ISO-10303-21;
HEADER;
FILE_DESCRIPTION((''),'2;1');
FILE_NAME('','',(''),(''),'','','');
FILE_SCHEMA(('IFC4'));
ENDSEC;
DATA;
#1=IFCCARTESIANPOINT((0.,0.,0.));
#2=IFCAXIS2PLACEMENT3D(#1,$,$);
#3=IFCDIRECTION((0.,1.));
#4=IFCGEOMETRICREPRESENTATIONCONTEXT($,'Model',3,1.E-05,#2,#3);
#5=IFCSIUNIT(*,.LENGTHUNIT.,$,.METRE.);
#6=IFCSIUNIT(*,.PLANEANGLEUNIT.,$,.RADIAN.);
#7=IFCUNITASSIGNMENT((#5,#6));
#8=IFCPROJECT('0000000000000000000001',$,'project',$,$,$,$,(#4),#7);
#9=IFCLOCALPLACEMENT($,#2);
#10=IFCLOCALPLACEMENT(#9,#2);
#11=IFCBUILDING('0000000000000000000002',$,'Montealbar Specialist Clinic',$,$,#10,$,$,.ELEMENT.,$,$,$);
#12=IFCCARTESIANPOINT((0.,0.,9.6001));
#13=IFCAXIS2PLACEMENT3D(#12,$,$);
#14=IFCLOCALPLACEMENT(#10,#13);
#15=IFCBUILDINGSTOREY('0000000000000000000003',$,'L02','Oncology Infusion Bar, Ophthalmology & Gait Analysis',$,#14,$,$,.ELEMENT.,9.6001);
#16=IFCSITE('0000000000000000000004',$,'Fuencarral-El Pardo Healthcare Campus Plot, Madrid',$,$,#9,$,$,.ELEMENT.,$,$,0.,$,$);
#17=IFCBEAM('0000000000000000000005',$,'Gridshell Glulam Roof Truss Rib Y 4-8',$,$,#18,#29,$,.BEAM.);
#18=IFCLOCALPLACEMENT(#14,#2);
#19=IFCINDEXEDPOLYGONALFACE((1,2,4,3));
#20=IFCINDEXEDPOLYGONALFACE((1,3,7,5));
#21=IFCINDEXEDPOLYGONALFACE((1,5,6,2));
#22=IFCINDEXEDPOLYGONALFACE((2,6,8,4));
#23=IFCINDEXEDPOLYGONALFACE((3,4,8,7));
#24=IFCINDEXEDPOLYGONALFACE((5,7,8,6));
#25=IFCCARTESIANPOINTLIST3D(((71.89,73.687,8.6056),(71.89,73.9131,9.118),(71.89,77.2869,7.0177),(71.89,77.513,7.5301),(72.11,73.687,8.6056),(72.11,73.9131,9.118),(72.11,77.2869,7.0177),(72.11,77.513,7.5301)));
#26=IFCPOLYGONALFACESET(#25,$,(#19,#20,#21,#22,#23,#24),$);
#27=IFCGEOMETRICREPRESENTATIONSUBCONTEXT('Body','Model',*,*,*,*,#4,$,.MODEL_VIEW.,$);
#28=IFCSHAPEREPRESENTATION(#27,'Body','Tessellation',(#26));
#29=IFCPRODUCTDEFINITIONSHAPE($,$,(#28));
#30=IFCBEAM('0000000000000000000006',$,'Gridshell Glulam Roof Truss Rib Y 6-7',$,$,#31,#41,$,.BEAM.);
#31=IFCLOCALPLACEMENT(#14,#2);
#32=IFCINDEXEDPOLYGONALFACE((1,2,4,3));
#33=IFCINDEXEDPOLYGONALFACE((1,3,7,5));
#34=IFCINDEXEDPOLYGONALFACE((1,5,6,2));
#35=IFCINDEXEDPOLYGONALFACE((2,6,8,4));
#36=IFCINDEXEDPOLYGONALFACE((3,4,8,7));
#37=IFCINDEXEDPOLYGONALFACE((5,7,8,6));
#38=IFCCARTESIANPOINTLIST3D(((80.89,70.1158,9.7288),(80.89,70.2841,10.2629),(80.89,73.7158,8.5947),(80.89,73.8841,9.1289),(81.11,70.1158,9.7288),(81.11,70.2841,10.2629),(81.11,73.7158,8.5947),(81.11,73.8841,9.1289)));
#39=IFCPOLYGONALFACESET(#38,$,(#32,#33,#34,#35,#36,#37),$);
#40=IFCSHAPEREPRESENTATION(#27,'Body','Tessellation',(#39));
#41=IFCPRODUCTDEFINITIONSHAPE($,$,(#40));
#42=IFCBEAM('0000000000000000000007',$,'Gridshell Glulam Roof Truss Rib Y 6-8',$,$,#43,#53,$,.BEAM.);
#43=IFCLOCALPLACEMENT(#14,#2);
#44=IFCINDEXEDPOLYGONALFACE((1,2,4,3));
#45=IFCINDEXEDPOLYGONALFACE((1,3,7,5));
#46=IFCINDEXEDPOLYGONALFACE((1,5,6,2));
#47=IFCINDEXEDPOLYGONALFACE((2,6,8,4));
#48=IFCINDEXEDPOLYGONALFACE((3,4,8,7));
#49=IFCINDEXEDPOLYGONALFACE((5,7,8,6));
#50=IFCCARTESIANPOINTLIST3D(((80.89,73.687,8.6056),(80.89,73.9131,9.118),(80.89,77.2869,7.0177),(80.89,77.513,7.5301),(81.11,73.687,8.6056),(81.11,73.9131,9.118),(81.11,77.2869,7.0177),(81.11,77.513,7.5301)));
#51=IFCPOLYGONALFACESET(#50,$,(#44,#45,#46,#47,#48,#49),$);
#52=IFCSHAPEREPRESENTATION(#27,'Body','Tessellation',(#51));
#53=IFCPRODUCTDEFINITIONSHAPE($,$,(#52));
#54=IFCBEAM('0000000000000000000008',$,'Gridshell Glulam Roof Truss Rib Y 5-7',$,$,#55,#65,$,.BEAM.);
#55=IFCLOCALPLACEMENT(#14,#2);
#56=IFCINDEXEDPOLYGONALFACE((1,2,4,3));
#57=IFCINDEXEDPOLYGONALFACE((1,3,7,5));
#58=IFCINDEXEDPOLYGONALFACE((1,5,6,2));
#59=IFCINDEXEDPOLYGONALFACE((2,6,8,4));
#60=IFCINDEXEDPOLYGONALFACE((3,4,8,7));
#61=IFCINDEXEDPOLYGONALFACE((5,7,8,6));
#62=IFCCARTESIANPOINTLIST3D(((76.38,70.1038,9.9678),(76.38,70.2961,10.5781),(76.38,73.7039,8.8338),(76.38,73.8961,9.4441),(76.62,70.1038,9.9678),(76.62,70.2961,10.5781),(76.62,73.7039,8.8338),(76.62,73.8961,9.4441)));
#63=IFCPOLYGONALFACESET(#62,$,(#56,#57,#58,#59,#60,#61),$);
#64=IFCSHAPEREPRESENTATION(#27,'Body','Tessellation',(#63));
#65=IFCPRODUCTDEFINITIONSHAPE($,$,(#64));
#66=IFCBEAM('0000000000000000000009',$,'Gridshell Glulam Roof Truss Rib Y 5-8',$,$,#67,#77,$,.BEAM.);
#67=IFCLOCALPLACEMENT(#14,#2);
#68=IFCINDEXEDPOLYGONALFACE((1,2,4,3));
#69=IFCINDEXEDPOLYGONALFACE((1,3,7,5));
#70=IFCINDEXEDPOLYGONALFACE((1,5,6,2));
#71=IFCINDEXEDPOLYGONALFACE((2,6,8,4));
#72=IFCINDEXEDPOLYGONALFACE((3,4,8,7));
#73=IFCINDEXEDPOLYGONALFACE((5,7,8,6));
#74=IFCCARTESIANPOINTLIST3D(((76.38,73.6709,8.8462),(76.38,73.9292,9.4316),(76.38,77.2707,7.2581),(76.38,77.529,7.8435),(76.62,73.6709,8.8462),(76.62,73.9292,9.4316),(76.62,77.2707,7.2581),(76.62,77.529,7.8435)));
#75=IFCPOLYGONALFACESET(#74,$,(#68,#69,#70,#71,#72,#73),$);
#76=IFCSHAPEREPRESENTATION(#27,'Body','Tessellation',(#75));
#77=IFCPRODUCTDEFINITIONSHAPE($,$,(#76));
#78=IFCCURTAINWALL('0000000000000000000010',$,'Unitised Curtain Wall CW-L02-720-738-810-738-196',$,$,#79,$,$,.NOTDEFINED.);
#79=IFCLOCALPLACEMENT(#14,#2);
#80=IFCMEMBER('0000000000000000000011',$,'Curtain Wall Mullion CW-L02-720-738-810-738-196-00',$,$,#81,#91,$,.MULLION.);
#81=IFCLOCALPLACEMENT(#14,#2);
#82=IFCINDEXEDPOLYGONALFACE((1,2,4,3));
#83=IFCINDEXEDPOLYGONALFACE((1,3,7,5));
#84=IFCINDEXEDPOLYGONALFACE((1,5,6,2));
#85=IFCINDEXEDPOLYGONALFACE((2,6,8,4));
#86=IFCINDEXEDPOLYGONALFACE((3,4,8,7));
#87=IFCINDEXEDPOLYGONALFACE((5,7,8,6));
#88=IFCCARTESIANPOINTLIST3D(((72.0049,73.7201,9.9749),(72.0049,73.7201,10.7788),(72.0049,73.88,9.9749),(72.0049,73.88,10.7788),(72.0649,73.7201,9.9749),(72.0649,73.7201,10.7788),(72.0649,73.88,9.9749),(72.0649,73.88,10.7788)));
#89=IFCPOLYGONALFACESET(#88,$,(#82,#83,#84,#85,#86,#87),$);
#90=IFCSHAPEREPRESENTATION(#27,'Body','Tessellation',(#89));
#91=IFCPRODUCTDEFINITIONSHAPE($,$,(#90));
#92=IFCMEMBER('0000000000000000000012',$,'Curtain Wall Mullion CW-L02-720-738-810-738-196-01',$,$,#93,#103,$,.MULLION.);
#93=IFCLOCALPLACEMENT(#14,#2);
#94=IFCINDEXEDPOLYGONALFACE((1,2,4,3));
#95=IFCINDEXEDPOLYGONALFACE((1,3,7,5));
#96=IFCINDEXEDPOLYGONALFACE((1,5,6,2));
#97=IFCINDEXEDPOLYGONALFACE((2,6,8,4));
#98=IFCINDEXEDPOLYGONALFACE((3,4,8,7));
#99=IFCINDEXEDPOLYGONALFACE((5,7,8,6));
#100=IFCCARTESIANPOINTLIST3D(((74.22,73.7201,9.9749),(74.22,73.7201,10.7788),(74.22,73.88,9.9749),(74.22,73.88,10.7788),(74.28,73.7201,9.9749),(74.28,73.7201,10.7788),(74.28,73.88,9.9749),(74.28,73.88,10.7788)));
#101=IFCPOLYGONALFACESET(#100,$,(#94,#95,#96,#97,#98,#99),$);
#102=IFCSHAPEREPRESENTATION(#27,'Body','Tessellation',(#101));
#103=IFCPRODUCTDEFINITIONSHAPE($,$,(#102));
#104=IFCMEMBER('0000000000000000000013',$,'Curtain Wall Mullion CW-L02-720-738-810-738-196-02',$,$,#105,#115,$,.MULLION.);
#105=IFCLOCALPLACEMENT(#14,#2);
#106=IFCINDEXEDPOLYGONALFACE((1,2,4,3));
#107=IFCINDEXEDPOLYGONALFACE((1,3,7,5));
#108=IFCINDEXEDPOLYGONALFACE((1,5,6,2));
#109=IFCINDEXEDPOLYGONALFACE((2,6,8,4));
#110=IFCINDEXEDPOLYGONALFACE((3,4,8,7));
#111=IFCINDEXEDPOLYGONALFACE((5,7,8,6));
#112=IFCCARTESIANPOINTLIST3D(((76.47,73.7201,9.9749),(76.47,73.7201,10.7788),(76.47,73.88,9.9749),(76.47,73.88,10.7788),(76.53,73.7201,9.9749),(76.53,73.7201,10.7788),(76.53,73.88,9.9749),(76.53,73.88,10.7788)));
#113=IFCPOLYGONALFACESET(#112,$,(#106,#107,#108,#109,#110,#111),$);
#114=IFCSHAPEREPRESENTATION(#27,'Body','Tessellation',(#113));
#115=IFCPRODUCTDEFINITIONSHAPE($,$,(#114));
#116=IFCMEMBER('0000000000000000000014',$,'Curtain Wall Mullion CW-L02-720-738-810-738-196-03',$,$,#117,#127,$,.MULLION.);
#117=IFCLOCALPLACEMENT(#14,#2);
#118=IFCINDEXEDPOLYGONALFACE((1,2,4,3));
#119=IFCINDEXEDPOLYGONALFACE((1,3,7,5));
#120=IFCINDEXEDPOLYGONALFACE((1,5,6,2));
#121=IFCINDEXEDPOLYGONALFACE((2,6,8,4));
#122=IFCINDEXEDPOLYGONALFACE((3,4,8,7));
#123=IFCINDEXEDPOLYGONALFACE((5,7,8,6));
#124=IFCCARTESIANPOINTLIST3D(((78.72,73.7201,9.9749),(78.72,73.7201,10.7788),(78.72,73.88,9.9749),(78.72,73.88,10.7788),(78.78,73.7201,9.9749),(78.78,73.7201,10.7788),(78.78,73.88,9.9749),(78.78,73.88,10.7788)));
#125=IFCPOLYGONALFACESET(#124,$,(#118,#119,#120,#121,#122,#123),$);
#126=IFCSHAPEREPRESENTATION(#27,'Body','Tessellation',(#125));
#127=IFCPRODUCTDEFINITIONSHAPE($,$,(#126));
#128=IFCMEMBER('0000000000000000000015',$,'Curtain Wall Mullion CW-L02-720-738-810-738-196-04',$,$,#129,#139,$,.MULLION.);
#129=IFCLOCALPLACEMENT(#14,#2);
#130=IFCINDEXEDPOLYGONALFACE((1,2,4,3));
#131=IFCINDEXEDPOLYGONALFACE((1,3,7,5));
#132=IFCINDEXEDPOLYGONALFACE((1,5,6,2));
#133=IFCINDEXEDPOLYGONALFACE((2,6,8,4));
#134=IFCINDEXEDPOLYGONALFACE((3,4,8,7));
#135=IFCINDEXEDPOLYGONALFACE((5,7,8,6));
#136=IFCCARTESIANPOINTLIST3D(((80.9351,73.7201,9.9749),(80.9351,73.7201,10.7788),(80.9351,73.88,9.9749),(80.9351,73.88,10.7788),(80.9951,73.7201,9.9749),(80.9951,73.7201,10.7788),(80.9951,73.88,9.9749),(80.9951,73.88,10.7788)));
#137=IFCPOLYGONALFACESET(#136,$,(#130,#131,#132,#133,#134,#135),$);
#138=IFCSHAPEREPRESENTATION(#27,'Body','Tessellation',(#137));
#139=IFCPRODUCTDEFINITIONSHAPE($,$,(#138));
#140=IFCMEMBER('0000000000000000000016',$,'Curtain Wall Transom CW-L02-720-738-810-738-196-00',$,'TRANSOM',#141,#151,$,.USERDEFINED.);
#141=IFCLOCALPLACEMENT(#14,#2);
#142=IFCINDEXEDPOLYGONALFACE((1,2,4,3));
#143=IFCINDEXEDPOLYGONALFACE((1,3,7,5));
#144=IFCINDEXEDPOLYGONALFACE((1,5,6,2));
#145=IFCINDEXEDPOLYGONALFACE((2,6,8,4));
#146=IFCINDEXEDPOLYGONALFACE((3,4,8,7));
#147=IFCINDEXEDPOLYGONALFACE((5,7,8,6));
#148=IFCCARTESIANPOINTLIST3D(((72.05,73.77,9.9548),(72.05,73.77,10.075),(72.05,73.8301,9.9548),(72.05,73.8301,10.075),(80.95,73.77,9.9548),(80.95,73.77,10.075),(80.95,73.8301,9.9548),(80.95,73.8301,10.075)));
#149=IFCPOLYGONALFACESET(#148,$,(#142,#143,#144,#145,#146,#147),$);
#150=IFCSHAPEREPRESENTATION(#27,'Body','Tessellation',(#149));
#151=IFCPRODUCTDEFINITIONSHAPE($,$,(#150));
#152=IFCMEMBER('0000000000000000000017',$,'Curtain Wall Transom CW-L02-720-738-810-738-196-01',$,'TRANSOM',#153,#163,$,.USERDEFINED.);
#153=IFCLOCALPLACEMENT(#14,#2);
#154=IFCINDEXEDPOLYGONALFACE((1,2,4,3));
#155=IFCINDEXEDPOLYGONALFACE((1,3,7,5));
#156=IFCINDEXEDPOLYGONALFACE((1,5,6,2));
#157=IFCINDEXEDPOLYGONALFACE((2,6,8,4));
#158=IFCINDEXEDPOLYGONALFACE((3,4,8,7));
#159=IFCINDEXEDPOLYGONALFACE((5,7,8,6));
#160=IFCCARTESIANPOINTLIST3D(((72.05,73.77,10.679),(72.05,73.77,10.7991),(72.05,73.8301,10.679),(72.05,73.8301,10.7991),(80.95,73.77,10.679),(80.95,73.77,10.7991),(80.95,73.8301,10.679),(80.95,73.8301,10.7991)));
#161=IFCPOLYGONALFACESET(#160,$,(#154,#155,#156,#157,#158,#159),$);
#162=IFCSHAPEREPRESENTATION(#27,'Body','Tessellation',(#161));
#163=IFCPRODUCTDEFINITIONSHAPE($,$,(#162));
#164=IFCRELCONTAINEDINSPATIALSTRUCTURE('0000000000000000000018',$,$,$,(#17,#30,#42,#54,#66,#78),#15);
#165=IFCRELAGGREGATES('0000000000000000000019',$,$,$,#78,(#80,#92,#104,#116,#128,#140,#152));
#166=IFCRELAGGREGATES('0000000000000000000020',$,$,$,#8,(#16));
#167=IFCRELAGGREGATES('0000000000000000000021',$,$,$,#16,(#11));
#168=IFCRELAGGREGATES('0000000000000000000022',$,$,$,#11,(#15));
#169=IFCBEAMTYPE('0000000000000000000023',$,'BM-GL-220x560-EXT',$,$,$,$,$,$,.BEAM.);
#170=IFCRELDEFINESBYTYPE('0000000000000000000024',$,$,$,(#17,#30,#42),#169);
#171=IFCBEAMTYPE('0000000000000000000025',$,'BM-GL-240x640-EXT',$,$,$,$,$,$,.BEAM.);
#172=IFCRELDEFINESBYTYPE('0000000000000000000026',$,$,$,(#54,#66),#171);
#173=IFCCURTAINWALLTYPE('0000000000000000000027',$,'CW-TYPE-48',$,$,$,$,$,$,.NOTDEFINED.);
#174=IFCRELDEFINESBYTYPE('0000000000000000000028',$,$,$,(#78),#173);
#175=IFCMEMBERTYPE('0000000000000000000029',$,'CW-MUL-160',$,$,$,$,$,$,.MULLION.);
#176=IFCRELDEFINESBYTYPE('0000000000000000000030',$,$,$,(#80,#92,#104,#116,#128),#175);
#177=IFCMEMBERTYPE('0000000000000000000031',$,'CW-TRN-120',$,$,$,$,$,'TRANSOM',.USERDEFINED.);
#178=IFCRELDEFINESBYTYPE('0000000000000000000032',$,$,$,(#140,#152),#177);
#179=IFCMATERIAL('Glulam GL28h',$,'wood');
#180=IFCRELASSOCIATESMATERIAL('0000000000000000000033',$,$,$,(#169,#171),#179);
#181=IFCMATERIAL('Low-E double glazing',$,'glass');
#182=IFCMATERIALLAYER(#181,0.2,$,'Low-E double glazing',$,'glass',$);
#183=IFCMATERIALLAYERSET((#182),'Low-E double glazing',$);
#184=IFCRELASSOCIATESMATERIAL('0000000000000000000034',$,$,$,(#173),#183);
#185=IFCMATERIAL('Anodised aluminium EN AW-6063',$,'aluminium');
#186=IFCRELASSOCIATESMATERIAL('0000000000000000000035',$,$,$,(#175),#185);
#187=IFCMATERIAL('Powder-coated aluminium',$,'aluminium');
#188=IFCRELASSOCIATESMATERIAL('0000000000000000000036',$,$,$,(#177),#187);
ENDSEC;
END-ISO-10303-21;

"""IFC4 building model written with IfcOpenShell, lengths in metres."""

from ifc_helpers import new_model, si_unit, direction, frame, origin, origin_2d, place, context, subcontext, project, spatial, rectangle, extrude, material, layer, layer_set, material_profile, profile_set, type_object, element, aggregate, save


model = new_model("IFC4")

# Units and contexts
model_context = context("Model", 3, precision=1e-05, world=origin(), true_north=direction((0.0, 1.0)))
body_context = subcontext(model_context, "Body", "Model", "MODEL_VIEW")
ifc_project = project(units=[si_unit("LENGTHUNIT", "METRE"), si_unit("PLANEANGLEUNIT", "RADIAN")], contexts=[model_context])

# Site, building, storey
site_placement = place(None, origin())
site = spatial("IfcSite", under=ifc_project, at=site_placement, Name="Fuencarral-El Pardo Healthcare Campus Plot, Madrid", CompositionType="ELEMENT", RefElevation=0.0)
building_placement = place(site_placement, origin())
building = spatial("IfcBuilding", under=site, at=building_placement, Name="Montealbar Specialist Clinic", CompositionType="ELEMENT")
storey_placement = place(building_placement, frame((0.0, 0.0, 9.6001)))
storey = spatial("IfcBuildingStorey", under=building, at=storey_placement, Name="L02", Description="Oncology Infusion Bar, Ophthalmology & Gait Analysis", CompositionType="ELEMENT", Elevation=9.6001)

# Beams
ifc_material_1 = material(Name="Glulam GL28h", Category="wood")
ifc_material_profile_1 = material_profile(ifc_material_1, rectangle(XDim=0.22, YDim=0.5601, at=origin_2d()), Name="GL28h 220x560", Category="wood")
ifc_profile_set_1 = profile_set([ifc_material_profile_1], Name="Glulam GL28h")
beam_type_1 = type_object("IfcBeamType", Name="BM-GL-220x560-EXT", PredefinedType="BEAM", material=ifc_profile_set_1)
beam_1_placement = place(storey_placement, frame((72.0, 73.8, 8.8618), z_axis=(0.0, 0.914944, -0.403581), x_axis=(-1.0, 0.0, 0.0)))
element("IfcBeam", 1, at=beam_1_placement, inside=storey, type_object=beam_type_1, Name="Gridshell Glulam Roof Truss Rib Y 4-8", PredefinedType="BEAM", context=body_context, shape_type="SweptSolid", body=[
    extrude(rectangle(XDim=0.22, YDim=0.5601, at=origin_2d()), origin(), (0.0, 0.0, 1.0), 3.9346),
])
beam_2_placement = place(storey_placement, frame((81.0, 70.2, 9.9958), z_axis=(0.0, 0.953798, -0.300447), x_axis=(-1.0, 0.0, 0.0)))
element("IfcBeam", 2, at=beam_2_placement, inside=storey, type_object=beam_type_1, Name="Gridshell Glulam Roof Truss Rib Y 6-7", PredefinedType="BEAM", context=body_context, shape_type="SweptSolid", body=[
    extrude(rectangle(XDim=0.22, YDim=0.5601, at=origin_2d()), origin(), (0.0, 0.0, 1.0), 3.7744),
])
beam_3_placement = place(storey_placement, frame((81.0, 73.8, 8.8618), z_axis=(0.0, 0.914944, -0.403581), x_axis=(-1.0, 0.0, 0.0)))
element("IfcBeam", 3, at=beam_3_placement, inside=storey, type_object=beam_type_1, Name="Gridshell Glulam Roof Truss Rib Y 6-8", PredefinedType="BEAM", context=body_context, shape_type="SweptSolid", body=[
    extrude(rectangle(XDim=0.22, YDim=0.5601, at=origin_2d()), origin(), (0.0, 0.0, 1.0), 3.9346),
])
ifc_material_profile_2 = material_profile(ifc_material_1, rectangle(XDim=0.24, YDim=0.6399, at=origin_2d()), Name="GL28h 240x640", Category="wood")
ifc_profile_set_2 = profile_set([ifc_material_profile_2], Name="Glulam GL28h")
beam_type_2 = type_object("IfcBeamType", Name="BM-GL-240x640-EXT", PredefinedType="BEAM", material=ifc_profile_set_2)
beam_4_placement = place(storey_placement, frame((76.5, 70.2, 10.2729), z_axis=(0.0, 0.953798, -0.300447), x_axis=(-1.0, 0.0, 0.0)))
element("IfcBeam", 4, at=beam_4_placement, inside=storey, type_object=beam_type_2, Name="Gridshell Glulam Roof Truss Rib Y 5-7", PredefinedType="BEAM", context=body_context, shape_type="SweptSolid", body=[
    extrude(rectangle(XDim=0.24, YDim=0.6399, at=origin_2d()), origin(), (0.0, 0.0, 1.0), 3.7744),
])
beam_5_placement = place(storey_placement, frame((76.5, 73.8, 9.1389), z_axis=(0.0, 0.914921, -0.403633), x_axis=(-1.0, 0.0, 0.0)))
element("IfcBeam", 5, at=beam_5_placement, inside=storey, type_object=beam_type_2, Name="Gridshell Glulam Roof Truss Rib Y 5-8", PredefinedType="BEAM", context=body_context, shape_type="SweptSolid", body=[
    extrude(rectangle(XDim=0.24, YDim=0.6399, at=origin_2d()), origin(), (0.0, 0.0, 1.0), 3.9346),
])

# Curtain wall, members
ifc_material_2 = material(Name="Low-E double glazing", Category="glass")
ifc_layer_1 = layer(ifc_material_2, 0.2, Name="Low-E double glazing", Category="glass")
ifc_layer_set_1 = layer_set([ifc_layer_1], Name="Low-E double glazing")
curtain_wall_type = type_object("IfcCurtainWallType", Name="CW-TYPE-48", PredefinedType="NOTDEFINED", material=ifc_layer_set_1)
curtain_wall_placement = place(storey_placement, origin())
curtain_wall = element("IfcCurtainWall", 6, at=curtain_wall_placement, inside=storey, type_object=curtain_wall_type, Name="Unitised Curtain Wall CW-L02-720-738-810-738-196", PredefinedType="NOTDEFINED")
ifc_material_3 = material(Name="Anodised aluminium EN AW-6063", Category="aluminium")
ifc_material_profile_3 = material_profile(ifc_material_3, rectangle(XDim=0.0601, YDim=0.1599, at=origin_2d()), Name="ALU 60x160", Category="aluminium")
ifc_profile_set_3 = profile_set([ifc_material_profile_3], Name="Anodised aluminium EN AW-6063")
member_type_1 = type_object("IfcMemberType", Name="CW-MUL-160", PredefinedType="MULLION", material=ifc_profile_set_3)
member_1_placement = place(storey_placement, frame((72.0349, 73.8, 9.9749), z_axis=(0.0, 0.0, 1.0), x_axis=(1.0, 0.0, 0.0)))
member_1 = element("IfcMember", 7, at=member_1_placement, type_object=member_type_1, Name="Curtain Wall Mullion CW-L02-720-738-810-738-196-00", PredefinedType="MULLION", context=body_context, shape_type="SweptSolid", body=[
    extrude(rectangle(XDim=0.0601, YDim=0.1599, at=origin_2d()), origin(), (0.0, 0.0, 1.0), 0.804),
])
member_2_placement = place(storey_placement, frame((74.25, 73.8, 9.9749), z_axis=(0.0, 0.0, 1.0), x_axis=(1.0, 0.0, 0.0)))
member_2 = element("IfcMember", 8, at=member_2_placement, type_object=member_type_1, Name="Curtain Wall Mullion CW-L02-720-738-810-738-196-01", PredefinedType="MULLION", context=body_context, shape_type="SweptSolid", body=[
    extrude(rectangle(XDim=0.0601, YDim=0.1599, at=origin_2d()), origin(), (0.0, 0.0, 1.0), 0.804),
])
member_3_placement = place(storey_placement, frame((76.5, 73.8, 9.9749), z_axis=(0.0, 0.0, 1.0), x_axis=(1.0, 0.0, 0.0)))
member_3 = element("IfcMember", 9, at=member_3_placement, type_object=member_type_1, Name="Curtain Wall Mullion CW-L02-720-738-810-738-196-02", PredefinedType="MULLION", context=body_context, shape_type="SweptSolid", body=[
    extrude(rectangle(XDim=0.0601, YDim=0.1599, at=origin_2d()), origin(), (0.0, 0.0, 1.0), 0.804),
])
member_4_placement = place(storey_placement, frame((78.75, 73.8, 9.9749), z_axis=(0.0, 0.0, 1.0), x_axis=(1.0, 0.0, 0.0)))
member_4 = element("IfcMember", 10, at=member_4_placement, type_object=member_type_1, Name="Curtain Wall Mullion CW-L02-720-738-810-738-196-03", PredefinedType="MULLION", context=body_context, shape_type="SweptSolid", body=[
    extrude(rectangle(XDim=0.0601, YDim=0.1599, at=origin_2d()), origin(), (0.0, 0.0, 1.0), 0.804),
])
member_5_placement = place(storey_placement, frame((80.9651, 73.8, 9.9749), z_axis=(0.0, 0.0, 1.0), x_axis=(1.0, 0.0, 0.0)))
member_5 = element("IfcMember", 11, at=member_5_placement, type_object=member_type_1, Name="Curtain Wall Mullion CW-L02-720-738-810-738-196-04", PredefinedType="MULLION", context=body_context, shape_type="SweptSolid", body=[
    extrude(rectangle(XDim=0.0601, YDim=0.1599, at=origin_2d()), origin(), (0.0, 0.0, 1.0), 0.804),
])
ifc_material_4 = material(Name="Powder-coated aluminium", Category="aluminium")
ifc_material_profile_4 = material_profile(ifc_material_4, rectangle(XDim=0.0601, YDim=0.1201, at=origin_2d()), Name="ALU 60x120", Category="aluminium")
ifc_profile_set_4 = profile_set([ifc_material_profile_4], Name="Powder-coated aluminium")
member_type_2 = type_object("IfcMemberType", Name="CW-TRN-120", ElementType="TRANSOM", PredefinedType="USERDEFINED", material=ifc_profile_set_4)
member_6_placement = place(storey_placement, frame((72.05, 73.8, 10.0149), z_axis=(1.0, 0.0, 0.0), x_axis=(0.0, 1.0, 0.0)))
member_6 = element("IfcMember", 12, at=member_6_placement, type_object=member_type_2, Name="Curtain Wall Transom CW-L02-720-738-810-738-196-00", ObjectType="TRANSOM", PredefinedType="USERDEFINED", context=body_context, shape_type="SweptSolid", body=[
    extrude(rectangle(XDim=0.0601, YDim=0.1201, at=origin_2d()), origin(), (0.0, 0.0, 1.0), 8.8999),
])
member_7_placement = place(storey_placement, frame((72.05, 73.8, 10.739), z_axis=(1.0, 0.0, 0.0), x_axis=(0.0, 1.0, 0.0)))
member_7 = element("IfcMember", 13, at=member_7_placement, type_object=member_type_2, Name="Curtain Wall Transom CW-L02-720-738-810-738-196-01", ObjectType="TRANSOM", PredefinedType="USERDEFINED", context=body_context, shape_type="SweptSolid", body=[
    extrude(rectangle(XDim=0.0601, YDim=0.1201, at=origin_2d()), origin(), (0.0, 0.0, 1.0), 8.8999),
])

aggregate(curtain_wall, [member_1, member_2, member_3, member_4, member_5, member_6, member_7])

save(model, "model.ifc")
